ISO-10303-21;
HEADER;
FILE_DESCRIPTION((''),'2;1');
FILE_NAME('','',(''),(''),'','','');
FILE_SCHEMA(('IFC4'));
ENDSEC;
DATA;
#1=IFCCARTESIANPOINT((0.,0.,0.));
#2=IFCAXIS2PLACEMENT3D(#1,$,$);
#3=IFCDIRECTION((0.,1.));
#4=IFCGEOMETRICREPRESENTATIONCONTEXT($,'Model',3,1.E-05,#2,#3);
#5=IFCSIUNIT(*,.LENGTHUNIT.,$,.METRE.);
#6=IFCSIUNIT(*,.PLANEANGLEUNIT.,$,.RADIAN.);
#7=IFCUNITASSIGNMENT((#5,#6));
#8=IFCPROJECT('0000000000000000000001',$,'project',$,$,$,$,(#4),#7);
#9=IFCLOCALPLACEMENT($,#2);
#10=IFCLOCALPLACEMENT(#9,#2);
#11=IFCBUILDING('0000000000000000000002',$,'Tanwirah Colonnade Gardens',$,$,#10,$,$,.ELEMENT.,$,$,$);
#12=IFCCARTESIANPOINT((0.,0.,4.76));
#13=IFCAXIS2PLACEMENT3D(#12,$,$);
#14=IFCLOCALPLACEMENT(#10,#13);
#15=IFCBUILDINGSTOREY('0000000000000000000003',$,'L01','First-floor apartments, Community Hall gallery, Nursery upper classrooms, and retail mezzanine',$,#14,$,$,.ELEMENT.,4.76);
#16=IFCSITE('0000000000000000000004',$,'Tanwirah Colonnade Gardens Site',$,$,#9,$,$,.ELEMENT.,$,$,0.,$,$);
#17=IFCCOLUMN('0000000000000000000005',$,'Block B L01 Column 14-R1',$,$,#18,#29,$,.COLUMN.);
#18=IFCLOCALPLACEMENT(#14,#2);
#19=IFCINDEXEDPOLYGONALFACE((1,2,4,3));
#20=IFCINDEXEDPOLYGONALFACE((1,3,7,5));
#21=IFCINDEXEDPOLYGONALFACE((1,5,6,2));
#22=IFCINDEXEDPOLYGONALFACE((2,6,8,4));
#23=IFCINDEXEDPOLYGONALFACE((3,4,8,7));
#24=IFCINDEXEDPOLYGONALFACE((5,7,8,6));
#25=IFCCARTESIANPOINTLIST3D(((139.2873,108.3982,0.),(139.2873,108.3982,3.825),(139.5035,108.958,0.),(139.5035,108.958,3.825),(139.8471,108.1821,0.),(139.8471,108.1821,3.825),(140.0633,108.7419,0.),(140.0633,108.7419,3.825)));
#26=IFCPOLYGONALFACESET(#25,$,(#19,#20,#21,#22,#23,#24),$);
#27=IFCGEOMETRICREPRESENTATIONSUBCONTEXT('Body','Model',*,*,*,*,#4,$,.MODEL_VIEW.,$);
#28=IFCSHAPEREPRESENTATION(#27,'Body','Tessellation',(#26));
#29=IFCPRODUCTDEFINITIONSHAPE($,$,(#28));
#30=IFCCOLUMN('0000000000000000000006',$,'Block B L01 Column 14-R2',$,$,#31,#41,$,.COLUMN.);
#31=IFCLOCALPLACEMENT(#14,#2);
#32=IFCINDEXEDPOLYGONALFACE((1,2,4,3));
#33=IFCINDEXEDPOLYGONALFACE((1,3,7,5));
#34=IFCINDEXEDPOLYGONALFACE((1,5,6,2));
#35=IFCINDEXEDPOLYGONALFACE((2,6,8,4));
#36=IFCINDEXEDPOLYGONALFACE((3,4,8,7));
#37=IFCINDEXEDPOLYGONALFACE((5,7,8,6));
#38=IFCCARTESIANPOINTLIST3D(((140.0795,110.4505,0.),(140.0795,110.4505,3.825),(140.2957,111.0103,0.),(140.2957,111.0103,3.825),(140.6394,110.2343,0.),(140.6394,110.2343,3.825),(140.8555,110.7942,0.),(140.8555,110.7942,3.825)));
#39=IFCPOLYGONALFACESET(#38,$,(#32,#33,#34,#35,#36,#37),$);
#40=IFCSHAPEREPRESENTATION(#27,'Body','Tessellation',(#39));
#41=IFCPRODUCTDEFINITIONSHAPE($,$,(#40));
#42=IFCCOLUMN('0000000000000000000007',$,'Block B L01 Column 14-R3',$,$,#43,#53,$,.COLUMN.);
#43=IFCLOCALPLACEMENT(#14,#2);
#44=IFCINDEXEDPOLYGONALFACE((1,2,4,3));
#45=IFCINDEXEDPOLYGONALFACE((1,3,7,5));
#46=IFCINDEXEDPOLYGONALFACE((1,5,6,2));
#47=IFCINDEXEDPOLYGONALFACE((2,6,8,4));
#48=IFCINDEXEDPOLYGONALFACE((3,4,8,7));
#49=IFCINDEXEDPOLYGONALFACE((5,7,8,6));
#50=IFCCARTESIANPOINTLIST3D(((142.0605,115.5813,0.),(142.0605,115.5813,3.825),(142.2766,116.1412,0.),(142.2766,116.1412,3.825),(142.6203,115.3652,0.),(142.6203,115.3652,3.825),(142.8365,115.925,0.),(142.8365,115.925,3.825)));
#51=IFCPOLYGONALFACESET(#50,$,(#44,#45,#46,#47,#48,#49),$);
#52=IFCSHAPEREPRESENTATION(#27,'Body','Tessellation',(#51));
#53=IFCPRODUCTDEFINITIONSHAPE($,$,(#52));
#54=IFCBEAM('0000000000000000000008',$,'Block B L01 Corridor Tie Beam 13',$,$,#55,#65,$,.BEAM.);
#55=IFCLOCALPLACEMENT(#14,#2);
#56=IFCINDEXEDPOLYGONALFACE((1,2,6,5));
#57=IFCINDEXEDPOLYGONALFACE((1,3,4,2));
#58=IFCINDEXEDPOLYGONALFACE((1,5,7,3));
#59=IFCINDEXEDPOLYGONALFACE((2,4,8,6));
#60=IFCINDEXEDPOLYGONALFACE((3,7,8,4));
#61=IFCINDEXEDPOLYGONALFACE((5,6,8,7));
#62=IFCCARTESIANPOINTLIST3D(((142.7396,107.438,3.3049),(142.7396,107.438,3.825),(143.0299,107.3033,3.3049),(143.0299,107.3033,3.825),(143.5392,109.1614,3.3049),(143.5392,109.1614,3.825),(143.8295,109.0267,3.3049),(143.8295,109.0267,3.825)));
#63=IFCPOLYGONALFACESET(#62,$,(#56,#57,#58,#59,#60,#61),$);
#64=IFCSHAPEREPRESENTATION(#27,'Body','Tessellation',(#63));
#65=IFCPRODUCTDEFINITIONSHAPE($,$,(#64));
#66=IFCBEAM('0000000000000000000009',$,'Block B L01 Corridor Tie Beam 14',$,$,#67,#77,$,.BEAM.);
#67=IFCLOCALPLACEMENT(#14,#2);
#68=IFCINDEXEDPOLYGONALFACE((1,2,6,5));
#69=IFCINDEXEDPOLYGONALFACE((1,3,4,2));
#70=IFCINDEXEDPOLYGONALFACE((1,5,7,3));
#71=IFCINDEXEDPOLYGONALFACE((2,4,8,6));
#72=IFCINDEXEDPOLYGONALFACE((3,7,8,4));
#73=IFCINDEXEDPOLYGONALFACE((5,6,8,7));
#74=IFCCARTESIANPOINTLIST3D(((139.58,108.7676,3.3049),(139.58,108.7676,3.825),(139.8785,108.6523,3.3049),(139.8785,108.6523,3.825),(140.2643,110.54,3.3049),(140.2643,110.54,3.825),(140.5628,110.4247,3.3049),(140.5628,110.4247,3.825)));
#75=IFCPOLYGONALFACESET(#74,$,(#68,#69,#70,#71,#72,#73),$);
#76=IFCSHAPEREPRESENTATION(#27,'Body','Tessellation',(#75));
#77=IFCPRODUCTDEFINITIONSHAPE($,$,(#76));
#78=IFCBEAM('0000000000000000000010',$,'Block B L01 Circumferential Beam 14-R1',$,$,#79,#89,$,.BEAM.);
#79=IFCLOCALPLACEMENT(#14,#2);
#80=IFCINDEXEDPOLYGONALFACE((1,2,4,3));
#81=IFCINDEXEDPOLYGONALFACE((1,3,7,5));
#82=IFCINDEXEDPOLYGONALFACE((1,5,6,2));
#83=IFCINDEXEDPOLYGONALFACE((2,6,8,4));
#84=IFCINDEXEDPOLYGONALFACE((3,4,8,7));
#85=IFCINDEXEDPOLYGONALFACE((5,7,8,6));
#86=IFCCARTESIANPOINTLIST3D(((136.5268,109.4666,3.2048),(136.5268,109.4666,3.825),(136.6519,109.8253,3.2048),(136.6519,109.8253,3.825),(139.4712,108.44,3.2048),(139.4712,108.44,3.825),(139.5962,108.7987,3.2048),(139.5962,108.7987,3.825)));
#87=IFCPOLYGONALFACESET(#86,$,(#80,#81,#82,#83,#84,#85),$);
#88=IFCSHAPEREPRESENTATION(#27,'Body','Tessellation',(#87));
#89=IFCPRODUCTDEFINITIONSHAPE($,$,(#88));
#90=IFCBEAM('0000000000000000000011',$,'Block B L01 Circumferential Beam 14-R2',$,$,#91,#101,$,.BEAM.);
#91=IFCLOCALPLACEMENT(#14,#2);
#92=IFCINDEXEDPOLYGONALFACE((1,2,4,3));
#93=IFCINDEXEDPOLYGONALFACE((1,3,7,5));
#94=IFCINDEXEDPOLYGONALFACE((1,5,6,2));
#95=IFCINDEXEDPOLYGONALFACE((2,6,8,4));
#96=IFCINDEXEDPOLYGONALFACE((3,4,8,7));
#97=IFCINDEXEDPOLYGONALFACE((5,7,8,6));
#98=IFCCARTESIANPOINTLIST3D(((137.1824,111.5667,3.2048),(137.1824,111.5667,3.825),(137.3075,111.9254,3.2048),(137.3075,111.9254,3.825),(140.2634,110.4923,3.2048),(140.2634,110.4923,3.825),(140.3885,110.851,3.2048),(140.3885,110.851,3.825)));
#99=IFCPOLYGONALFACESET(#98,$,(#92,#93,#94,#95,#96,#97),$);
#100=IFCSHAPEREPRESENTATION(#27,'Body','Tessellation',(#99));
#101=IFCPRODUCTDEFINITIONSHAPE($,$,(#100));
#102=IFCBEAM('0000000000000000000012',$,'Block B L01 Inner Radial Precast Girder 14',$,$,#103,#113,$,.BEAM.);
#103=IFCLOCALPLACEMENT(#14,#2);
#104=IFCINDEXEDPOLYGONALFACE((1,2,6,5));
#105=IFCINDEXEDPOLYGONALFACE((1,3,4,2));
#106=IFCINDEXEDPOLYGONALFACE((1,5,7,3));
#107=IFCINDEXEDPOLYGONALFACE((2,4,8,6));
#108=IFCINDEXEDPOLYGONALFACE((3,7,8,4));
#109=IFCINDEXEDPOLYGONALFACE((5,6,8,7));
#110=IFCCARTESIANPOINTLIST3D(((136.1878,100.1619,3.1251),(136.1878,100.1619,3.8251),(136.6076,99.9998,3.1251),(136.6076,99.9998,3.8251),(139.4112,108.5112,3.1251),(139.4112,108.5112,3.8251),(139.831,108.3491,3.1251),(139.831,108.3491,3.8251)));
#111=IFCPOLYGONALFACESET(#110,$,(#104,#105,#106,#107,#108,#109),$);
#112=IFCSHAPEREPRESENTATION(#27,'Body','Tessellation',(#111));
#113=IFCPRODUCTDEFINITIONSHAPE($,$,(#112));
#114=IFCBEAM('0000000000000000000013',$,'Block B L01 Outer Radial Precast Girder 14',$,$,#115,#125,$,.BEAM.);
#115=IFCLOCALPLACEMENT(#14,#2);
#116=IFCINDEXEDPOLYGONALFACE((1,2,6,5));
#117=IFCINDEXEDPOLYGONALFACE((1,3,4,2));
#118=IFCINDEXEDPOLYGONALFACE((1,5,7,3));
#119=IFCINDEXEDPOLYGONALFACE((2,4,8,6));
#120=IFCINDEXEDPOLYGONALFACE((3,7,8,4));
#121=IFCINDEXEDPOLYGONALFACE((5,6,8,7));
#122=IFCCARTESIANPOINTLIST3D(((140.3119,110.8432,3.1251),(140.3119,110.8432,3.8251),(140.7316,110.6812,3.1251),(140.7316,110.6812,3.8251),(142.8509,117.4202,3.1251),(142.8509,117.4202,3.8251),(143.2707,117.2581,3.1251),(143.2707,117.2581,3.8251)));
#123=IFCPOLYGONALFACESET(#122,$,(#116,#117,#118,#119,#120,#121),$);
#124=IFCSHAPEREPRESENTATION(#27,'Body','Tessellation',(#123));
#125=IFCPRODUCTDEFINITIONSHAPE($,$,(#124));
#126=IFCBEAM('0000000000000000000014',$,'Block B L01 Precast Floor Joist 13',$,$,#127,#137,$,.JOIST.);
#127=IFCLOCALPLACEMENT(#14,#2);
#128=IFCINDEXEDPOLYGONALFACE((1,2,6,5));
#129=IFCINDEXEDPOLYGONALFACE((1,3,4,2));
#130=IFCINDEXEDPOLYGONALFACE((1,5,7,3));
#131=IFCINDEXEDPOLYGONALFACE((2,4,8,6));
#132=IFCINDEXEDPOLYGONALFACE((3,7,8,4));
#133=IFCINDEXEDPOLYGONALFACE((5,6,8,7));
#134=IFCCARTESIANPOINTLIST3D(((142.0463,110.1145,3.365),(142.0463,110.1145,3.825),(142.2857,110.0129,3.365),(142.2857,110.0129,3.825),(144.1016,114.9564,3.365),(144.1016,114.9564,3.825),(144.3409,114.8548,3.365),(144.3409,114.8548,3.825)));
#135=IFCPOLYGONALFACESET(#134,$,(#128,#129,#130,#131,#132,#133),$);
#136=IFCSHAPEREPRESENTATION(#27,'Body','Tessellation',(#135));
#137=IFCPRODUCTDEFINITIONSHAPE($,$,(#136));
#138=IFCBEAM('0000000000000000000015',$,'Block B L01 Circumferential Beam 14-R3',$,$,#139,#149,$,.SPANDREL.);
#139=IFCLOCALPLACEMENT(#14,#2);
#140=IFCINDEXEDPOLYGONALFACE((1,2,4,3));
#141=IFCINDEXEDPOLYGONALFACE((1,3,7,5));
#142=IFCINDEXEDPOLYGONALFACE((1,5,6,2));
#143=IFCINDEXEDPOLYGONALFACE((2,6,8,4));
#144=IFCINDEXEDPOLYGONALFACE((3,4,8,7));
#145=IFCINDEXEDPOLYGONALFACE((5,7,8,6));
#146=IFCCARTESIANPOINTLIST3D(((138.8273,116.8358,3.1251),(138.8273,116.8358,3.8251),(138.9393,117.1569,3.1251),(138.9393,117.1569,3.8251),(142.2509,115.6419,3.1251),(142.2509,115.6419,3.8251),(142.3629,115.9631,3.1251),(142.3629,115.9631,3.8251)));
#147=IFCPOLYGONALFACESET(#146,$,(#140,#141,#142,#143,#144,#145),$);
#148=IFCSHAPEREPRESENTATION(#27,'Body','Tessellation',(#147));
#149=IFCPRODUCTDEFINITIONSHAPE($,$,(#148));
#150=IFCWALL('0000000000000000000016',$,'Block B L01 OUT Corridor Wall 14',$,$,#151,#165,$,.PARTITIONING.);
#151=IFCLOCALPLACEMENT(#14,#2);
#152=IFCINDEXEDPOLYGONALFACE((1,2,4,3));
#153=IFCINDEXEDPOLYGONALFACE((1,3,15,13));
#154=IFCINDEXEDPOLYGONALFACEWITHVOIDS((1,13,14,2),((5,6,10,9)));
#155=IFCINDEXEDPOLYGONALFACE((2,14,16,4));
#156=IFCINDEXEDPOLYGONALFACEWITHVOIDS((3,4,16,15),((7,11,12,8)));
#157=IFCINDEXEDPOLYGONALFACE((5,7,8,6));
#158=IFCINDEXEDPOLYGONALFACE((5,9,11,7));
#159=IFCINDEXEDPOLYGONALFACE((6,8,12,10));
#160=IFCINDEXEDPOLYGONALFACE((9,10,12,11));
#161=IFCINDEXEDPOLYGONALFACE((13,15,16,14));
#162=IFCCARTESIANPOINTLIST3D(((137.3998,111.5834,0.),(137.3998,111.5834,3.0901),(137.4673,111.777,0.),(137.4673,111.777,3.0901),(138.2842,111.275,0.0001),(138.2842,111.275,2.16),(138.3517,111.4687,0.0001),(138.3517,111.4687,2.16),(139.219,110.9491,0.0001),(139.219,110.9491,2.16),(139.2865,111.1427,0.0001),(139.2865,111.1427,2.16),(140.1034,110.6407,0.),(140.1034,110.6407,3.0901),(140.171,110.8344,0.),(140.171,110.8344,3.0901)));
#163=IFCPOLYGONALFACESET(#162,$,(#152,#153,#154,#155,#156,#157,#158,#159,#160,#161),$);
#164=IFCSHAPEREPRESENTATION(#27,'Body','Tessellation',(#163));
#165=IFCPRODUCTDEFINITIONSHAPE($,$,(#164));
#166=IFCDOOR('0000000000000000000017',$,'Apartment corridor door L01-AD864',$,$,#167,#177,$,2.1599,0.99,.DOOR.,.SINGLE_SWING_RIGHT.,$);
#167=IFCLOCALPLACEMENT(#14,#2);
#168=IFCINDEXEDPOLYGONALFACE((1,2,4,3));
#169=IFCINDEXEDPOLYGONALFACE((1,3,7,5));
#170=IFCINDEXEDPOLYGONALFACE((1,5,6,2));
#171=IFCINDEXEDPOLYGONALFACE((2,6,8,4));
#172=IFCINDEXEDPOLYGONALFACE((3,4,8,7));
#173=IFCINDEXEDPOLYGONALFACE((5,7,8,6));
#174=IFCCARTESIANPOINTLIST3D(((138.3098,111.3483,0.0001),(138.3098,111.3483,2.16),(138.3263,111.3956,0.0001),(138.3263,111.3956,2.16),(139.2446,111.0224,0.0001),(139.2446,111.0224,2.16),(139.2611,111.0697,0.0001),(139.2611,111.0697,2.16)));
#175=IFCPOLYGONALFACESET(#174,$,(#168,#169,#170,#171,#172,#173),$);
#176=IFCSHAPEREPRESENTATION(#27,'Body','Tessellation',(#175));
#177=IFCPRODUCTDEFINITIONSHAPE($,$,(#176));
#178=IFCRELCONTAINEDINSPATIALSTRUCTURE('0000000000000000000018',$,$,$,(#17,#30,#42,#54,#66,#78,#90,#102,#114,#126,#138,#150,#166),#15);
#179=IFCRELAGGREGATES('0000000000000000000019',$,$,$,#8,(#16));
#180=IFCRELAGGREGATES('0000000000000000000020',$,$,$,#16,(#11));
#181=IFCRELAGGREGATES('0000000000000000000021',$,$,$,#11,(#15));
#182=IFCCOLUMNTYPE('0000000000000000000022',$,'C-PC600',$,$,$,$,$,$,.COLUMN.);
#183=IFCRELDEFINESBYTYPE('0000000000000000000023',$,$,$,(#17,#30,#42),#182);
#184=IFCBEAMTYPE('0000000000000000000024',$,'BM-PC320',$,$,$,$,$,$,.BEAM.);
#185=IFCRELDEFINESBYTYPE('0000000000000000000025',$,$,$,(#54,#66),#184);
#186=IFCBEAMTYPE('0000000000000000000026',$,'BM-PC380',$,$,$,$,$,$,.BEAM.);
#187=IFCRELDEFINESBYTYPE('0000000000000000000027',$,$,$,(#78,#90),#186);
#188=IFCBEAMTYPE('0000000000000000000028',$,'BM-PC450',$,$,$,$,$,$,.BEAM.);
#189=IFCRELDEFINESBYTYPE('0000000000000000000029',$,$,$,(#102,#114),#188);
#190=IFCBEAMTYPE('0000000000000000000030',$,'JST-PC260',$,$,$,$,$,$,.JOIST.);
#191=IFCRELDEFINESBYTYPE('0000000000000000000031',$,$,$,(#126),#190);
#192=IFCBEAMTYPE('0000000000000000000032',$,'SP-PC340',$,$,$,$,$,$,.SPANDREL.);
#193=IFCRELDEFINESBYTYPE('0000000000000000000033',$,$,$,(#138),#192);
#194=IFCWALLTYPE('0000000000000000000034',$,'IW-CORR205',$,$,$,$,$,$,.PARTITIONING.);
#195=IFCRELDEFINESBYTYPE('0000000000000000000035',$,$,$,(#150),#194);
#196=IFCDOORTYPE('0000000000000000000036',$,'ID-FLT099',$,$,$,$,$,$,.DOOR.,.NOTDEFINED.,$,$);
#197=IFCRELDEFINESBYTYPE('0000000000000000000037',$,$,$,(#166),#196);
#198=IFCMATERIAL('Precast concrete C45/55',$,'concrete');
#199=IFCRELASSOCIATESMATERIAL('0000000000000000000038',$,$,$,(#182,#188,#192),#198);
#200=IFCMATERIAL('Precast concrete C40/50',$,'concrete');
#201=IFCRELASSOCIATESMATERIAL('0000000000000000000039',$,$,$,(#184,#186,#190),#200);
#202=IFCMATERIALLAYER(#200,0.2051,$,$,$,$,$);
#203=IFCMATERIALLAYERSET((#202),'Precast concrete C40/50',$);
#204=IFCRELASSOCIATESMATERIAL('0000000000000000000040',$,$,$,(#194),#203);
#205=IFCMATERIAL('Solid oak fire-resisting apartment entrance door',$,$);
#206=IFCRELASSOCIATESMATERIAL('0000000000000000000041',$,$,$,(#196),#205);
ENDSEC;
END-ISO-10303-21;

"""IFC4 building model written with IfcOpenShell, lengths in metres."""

from ifc_helpers import new_model, si_unit, direction, frame, frame_2d, origin, origin_2d, place, context, subcontext, project, spatial, rectangle, extrude, material, layer, layer_set, material_profile, profile_set, type_object, element, fill, save


model = new_model("IFC4")

# Units and contexts
model_context = context("Model", 3, precision=1e-05, world=origin(), true_north=direction((0.0, 1.0)))
body_context = subcontext(model_context, "Body", "Model", "MODEL_VIEW")
ifc_project = project(units=[si_unit("LENGTHUNIT", "METRE"), si_unit("PLANEANGLEUNIT", "RADIAN")], contexts=[model_context])

# Site, building, storey
site_placement = place(None, origin())
site = spatial("IfcSite", under=ifc_project, at=site_placement, Name="Tanwirah Colonnade Gardens Site", CompositionType="ELEMENT", RefElevation=0.0)
building_placement = place(site_placement, origin())
building = spatial("IfcBuilding", under=site, at=building_placement, Name="Tanwirah Colonnade Gardens", CompositionType="ELEMENT")
storey_placement = place(building_placement, frame((0.0, 0.0, 4.76)))
storey = spatial("IfcBuildingStorey", under=building, at=storey_placement, Name="L01", Description="First-floor apartments, Community Hall gallery, Nursery upper classrooms, and retail mezzanine", CompositionType="ELEMENT", Elevation=4.76)

# Columns
ifc_material_1 = material(Name="Precast concrete C45/55", Category="concrete")
ifc_material_profile_1 = material_profile(ifc_material_1, rectangle(XDim=0.6001, YDim=0.6001, at=origin_2d()), Name="PC-COL 600x600")
ifc_profile_set_1 = profile_set([ifc_material_profile_1], Name="Precast concrete C45/55")
column_type = type_object("IfcColumnType", Name="C-PC600", PredefinedType="COLUMN", material=ifc_profile_set_1)
for number, where, z_axis, x_axis, name in (
    (1, (139.6753, 108.5701, 0.0), (0.0, 0.0, 1.0), (0.360178, 0.932884, 0.0), "Block B L01 Column 14-R1"),
    (2, (140.4675, 110.6223, 0.0), (0.0, 0.0, 1.0), (0.360178, 0.932884, 0.0), "Block B L01 Column 14-R2"),
    (3, (142.4485, 115.7532, 0.0), (0.0, 0.0, 1.0), (0.360178, 0.932884, 0.0), "Block B L01 Column 14-R3"),
):
    element("IfcColumn", number, at=place(storey_placement, frame(where, z_axis=z_axis, x_axis=x_axis)), inside=storey, type_object=column_type, Name=name, PredefinedType="COLUMN", context=body_context, shape_type="SweptSolid", body=[
        extrude(rectangle(XDim=0.6001, YDim=0.6001, at=origin_2d()), origin(), (0.0, 0.0, 1.0), 3.825),
    ])

# Beams
ifc_material_2 = material(Name="Precast concrete C40/50", Category="concrete")
ifc_material_profile_2 = material_profile(ifc_material_2, rectangle(XDim=0.3201, YDim=0.52, at=origin_2d()), Name="PC-BM 320x520")
ifc_profile_set_2 = profile_set([ifc_material_profile_2], Name="Precast concrete C40/50")
beam_type_1 = type_object("IfcBeamType", Name="BM-PC320", PredefinedType="BEAM", material=ifc_profile_set_2)
for number, where, z_axis, x_axis, name in (
    (4, (142.8848, 107.3706, 3.5649), (0.420858, 0.907126, 0.0), (-0.907126, 0.420858, 0.0), "Block B L01 Corridor Tie Beam 13"),
    (5, (139.7292, 108.71, 3.5649), (0.360176, 0.932885, 0.0), (-0.932885, 0.360176, 0.0), "Block B L01 Corridor Tie Beam 14"),
):
    element("IfcBeam", number, at=place(storey_placement, frame(where, z_axis=z_axis, x_axis=x_axis)), inside=storey, type_object=beam_type_1, Name=name, PredefinedType="BEAM", context=body_context, shape_type="SweptSolid", body=[
        extrude(rectangle(XDim=0.3201, YDim=0.52, at=origin_2d()), origin(), (0.0, 0.0, 1.0), 1.8999),
    ])
ifc_material_profile_3 = material_profile(ifc_material_2, rectangle(XDim=0.3799, YDim=0.6201, at=origin_2d()), Name="PC-BM 380x620")
ifc_profile_set_3 = profile_set([ifc_material_profile_3], Name="Precast concrete C40/50")
beam_type_2 = type_object("IfcBeamType", Name="BM-PC380", PredefinedType="BEAM", material=ifc_profile_set_3)
beam_1_placement = place(storey_placement, frame((139.5337, 108.6194, 3.5149), z_axis=(-0.944248, 0.329234, 0.0), x_axis=(-0.329234, -0.944248, 0.0)))
element("IfcBeam", 6, at=beam_1_placement, inside=storey, type_object=beam_type_2, Name="Block B L01 Circumferential Beam 14-R1", PredefinedType="BEAM", context=body_context, shape_type="SweptSolid", body=[
    extrude(rectangle(XDim=0.3799, YDim=0.6201, at=origin_2d()), origin(), (0.0, 0.0, 1.0), 3.1182),
])
beam_2_placement = place(storey_placement, frame((140.3259, 110.6716, 3.5149), z_axis=(-0.944231, 0.329284, 0.0), x_axis=(-0.329284, -0.944231, 0.0)))
element("IfcBeam", 7, at=beam_2_placement, inside=storey, type_object=beam_type_2, Name="Block B L01 Circumferential Beam 14-R2", PredefinedType="BEAM", context=body_context, shape_type="SweptSolid", body=[
    extrude(rectangle(XDim=0.3799, YDim=0.6201, at=origin_2d()), origin(), (0.0, 0.0, 1.0), 3.2629),
])
ifc_material_profile_4 = material_profile(ifc_material_1, rectangle(XDim=0.45, YDim=0.7, at=origin_2d()), Name="PC-BM 450x700")
ifc_profile_set_4 = profile_set([ifc_material_profile_4], Name="Precast concrete C45/55")
beam_type_3 = type_object("IfcBeamType", Name="BM-PC450", PredefinedType="BEAM", material=ifc_profile_set_4)
beam_3_placement = place(storey_placement, frame((139.6211, 108.4302, 3.4751), z_axis=(-0.360156, -0.932892, 0.0), x_axis=(0.932892, -0.360156, 0.0)))
element("IfcBeam", 8, at=beam_3_placement, inside=storey, type_object=beam_type_3, Name="Block B L01 Inner Radial Precast Girder 14", PredefinedType="BEAM", context=body_context, shape_type="SweptSolid", body=[
    extrude(rectangle(XDim=0.45, YDim=0.7, at=origin_2d()), origin(), (0.0, 0.0, 1.0), 8.95),
])
beam_4_placement = place(storey_placement, frame((140.5217, 110.7622, 3.4751), z_axis=(0.360151, 0.932894, 0.0), x_axis=(-0.932894, 0.360151, 0.0)))
element("IfcBeam", 9, at=beam_4_placement, inside=storey, type_object=beam_type_3, Name="Block B L01 Outer Radial Precast Girder 14", PredefinedType="BEAM", context=body_context, shape_type="SweptSolid", body=[
    extrude(rectangle(XDim=0.45, YDim=0.7, at=origin_2d()), origin(), (0.0, 0.0, 1.0), 7.05),
])
ifc_material_profile_5 = material_profile(ifc_material_2, rectangle(XDim=0.26, YDim=0.46, at=origin_2d()), Name="PC-JST 260x460")
ifc_profile_set_5 = profile_set([ifc_material_profile_5], Name="Precast concrete C40/50")
beam_type_4 = type_object("IfcBeamType", Name="JST-PC260", PredefinedType="JOIST", material=ifc_profile_set_5)
beam_5_placement = place(storey_placement, frame((142.166, 110.0637, 3.595), z_axis=(0.390724, 0.920508, 0.0), x_axis=(-0.920508, 0.390724, 0.0)))
element("IfcBeam", 10, at=beam_5_placement, inside=storey, type_object=beam_type_4, Name="Block B L01 Precast Floor Joist 13", PredefinedType="JOIST", context=body_context, shape_type="SweptSolid", body=[
    extrude(rectangle(XDim=0.26, YDim=0.46, at=origin_2d()), origin(), (0.0, 0.0, 1.0), 5.26),
])
ifc_material_profile_6 = material_profile(ifc_material_1, rectangle(XDim=0.3401, YDim=0.7, at=origin_2d()), Name="PC-SP 340x700")
ifc_profile_set_6 = profile_set([ifc_material_profile_6], Name="Precast concrete C45/55")
beam_type_5 = type_object("IfcBeamType", Name="SP-PC340", PredefinedType="SPANDREL", material=ifc_profile_set_6)
beam_6_placement = place(storey_placement, frame((142.3069, 115.8025, 3.4751), z_axis=(-0.944237, 0.329267, 0.0), x_axis=(-0.329267, -0.944237, 0.0)))
element("IfcBeam", 11, at=beam_6_placement, inside=storey, type_object=beam_type_5, Name="Block B L01 Circumferential Beam 14-R3", PredefinedType="SPANDREL", context=body_context, shape_type="SweptSolid", body=[
    extrude(rectangle(XDim=0.3401, YDim=0.7, at=origin_2d()), origin(), (0.0, 0.0, 1.0), 3.6257),
])

# Wall, opening, door
ifc_layer_1 = layer(ifc_material_2, 0.2051)
ifc_layer_set_1 = layer_set([ifc_layer_1], Name="Precast concrete C40/50")
wall_type_1 = type_object("IfcWallType", Name="IW-CORR205", PredefinedType="PARTITIONING", material=ifc_layer_set_1)
ifc_material_3 = material(Name="Solid oak fire-resisting apartment entrance door")
wall_1_placement = place(storey_placement, frame((140.1372, 110.7375, 0.0), z_axis=(0.0, 0.0, 1.0), x_axis=(-0.944254, 0.329218, 0.0)))
wall_1 = element("IfcWall", 12, at=wall_1_placement, inside=storey, type_object=wall_type_1, Name="Block B L01 OUT Corridor Wall 14", PredefinedType="PARTITIONING", context=body_context, shape_type="SweptSolid", body=[
    extrude(rectangle(XDim=2.8633, YDim=0.2051, at=frame_2d((1.4316, 0.0))), origin(), (0.0, 0.0, 1.0), 3.0901),
])
opening_1_placement = place(wall_1_placement, frame((0.9365, 0.0, 0.0)))
opening_1 = element("IfcOpeningElement", 13, at=opening_1_placement, cuts=wall_1, PredefinedType="OPENING", context=body_context, shape_type="SweptSolid", body=[
    extrude(rectangle(XDim=0.99, YDim=2.1599, at=frame_2d((0.4951, 1.0801))), frame((0.0, 0.1125, 0.0), z_axis=(0.0, -1.0, 0.0), x_axis=(1.0, 0.0, 0.0)), (0.0, 0.0, 1.0), 0.2251),
])
door_type_1 = type_object("IfcDoorType", Name="ID-FLT099", OperationType="NOTDEFINED", PredefinedType="DOOR", material=ifc_material_3)
door_1_placement = place(opening_1_placement, origin())
door_1 = element("IfcDoor", 14, at=door_1_placement, inside=storey, type_object=door_type_1, Name="Apartment corridor door L01-AD864", OperationType="SINGLE_SWING_RIGHT", OverallHeight=2.1599, OverallWidth=0.99, PredefinedType="DOOR", context=body_context, shape_type="SweptSolid", body=[
    extrude(rectangle(XDim=0.99, YDim=2.1599, at=frame_2d((0.4951, 1.0801))), frame((0.0, 0.0249, 0.0), z_axis=(0.0, -1.0, 0.0), x_axis=(1.0, 0.0, 0.0)), (0.0, 0.0, 1.0), 0.05),
])
fill(opening_1, door_1)

save(model, "model.ifc")
